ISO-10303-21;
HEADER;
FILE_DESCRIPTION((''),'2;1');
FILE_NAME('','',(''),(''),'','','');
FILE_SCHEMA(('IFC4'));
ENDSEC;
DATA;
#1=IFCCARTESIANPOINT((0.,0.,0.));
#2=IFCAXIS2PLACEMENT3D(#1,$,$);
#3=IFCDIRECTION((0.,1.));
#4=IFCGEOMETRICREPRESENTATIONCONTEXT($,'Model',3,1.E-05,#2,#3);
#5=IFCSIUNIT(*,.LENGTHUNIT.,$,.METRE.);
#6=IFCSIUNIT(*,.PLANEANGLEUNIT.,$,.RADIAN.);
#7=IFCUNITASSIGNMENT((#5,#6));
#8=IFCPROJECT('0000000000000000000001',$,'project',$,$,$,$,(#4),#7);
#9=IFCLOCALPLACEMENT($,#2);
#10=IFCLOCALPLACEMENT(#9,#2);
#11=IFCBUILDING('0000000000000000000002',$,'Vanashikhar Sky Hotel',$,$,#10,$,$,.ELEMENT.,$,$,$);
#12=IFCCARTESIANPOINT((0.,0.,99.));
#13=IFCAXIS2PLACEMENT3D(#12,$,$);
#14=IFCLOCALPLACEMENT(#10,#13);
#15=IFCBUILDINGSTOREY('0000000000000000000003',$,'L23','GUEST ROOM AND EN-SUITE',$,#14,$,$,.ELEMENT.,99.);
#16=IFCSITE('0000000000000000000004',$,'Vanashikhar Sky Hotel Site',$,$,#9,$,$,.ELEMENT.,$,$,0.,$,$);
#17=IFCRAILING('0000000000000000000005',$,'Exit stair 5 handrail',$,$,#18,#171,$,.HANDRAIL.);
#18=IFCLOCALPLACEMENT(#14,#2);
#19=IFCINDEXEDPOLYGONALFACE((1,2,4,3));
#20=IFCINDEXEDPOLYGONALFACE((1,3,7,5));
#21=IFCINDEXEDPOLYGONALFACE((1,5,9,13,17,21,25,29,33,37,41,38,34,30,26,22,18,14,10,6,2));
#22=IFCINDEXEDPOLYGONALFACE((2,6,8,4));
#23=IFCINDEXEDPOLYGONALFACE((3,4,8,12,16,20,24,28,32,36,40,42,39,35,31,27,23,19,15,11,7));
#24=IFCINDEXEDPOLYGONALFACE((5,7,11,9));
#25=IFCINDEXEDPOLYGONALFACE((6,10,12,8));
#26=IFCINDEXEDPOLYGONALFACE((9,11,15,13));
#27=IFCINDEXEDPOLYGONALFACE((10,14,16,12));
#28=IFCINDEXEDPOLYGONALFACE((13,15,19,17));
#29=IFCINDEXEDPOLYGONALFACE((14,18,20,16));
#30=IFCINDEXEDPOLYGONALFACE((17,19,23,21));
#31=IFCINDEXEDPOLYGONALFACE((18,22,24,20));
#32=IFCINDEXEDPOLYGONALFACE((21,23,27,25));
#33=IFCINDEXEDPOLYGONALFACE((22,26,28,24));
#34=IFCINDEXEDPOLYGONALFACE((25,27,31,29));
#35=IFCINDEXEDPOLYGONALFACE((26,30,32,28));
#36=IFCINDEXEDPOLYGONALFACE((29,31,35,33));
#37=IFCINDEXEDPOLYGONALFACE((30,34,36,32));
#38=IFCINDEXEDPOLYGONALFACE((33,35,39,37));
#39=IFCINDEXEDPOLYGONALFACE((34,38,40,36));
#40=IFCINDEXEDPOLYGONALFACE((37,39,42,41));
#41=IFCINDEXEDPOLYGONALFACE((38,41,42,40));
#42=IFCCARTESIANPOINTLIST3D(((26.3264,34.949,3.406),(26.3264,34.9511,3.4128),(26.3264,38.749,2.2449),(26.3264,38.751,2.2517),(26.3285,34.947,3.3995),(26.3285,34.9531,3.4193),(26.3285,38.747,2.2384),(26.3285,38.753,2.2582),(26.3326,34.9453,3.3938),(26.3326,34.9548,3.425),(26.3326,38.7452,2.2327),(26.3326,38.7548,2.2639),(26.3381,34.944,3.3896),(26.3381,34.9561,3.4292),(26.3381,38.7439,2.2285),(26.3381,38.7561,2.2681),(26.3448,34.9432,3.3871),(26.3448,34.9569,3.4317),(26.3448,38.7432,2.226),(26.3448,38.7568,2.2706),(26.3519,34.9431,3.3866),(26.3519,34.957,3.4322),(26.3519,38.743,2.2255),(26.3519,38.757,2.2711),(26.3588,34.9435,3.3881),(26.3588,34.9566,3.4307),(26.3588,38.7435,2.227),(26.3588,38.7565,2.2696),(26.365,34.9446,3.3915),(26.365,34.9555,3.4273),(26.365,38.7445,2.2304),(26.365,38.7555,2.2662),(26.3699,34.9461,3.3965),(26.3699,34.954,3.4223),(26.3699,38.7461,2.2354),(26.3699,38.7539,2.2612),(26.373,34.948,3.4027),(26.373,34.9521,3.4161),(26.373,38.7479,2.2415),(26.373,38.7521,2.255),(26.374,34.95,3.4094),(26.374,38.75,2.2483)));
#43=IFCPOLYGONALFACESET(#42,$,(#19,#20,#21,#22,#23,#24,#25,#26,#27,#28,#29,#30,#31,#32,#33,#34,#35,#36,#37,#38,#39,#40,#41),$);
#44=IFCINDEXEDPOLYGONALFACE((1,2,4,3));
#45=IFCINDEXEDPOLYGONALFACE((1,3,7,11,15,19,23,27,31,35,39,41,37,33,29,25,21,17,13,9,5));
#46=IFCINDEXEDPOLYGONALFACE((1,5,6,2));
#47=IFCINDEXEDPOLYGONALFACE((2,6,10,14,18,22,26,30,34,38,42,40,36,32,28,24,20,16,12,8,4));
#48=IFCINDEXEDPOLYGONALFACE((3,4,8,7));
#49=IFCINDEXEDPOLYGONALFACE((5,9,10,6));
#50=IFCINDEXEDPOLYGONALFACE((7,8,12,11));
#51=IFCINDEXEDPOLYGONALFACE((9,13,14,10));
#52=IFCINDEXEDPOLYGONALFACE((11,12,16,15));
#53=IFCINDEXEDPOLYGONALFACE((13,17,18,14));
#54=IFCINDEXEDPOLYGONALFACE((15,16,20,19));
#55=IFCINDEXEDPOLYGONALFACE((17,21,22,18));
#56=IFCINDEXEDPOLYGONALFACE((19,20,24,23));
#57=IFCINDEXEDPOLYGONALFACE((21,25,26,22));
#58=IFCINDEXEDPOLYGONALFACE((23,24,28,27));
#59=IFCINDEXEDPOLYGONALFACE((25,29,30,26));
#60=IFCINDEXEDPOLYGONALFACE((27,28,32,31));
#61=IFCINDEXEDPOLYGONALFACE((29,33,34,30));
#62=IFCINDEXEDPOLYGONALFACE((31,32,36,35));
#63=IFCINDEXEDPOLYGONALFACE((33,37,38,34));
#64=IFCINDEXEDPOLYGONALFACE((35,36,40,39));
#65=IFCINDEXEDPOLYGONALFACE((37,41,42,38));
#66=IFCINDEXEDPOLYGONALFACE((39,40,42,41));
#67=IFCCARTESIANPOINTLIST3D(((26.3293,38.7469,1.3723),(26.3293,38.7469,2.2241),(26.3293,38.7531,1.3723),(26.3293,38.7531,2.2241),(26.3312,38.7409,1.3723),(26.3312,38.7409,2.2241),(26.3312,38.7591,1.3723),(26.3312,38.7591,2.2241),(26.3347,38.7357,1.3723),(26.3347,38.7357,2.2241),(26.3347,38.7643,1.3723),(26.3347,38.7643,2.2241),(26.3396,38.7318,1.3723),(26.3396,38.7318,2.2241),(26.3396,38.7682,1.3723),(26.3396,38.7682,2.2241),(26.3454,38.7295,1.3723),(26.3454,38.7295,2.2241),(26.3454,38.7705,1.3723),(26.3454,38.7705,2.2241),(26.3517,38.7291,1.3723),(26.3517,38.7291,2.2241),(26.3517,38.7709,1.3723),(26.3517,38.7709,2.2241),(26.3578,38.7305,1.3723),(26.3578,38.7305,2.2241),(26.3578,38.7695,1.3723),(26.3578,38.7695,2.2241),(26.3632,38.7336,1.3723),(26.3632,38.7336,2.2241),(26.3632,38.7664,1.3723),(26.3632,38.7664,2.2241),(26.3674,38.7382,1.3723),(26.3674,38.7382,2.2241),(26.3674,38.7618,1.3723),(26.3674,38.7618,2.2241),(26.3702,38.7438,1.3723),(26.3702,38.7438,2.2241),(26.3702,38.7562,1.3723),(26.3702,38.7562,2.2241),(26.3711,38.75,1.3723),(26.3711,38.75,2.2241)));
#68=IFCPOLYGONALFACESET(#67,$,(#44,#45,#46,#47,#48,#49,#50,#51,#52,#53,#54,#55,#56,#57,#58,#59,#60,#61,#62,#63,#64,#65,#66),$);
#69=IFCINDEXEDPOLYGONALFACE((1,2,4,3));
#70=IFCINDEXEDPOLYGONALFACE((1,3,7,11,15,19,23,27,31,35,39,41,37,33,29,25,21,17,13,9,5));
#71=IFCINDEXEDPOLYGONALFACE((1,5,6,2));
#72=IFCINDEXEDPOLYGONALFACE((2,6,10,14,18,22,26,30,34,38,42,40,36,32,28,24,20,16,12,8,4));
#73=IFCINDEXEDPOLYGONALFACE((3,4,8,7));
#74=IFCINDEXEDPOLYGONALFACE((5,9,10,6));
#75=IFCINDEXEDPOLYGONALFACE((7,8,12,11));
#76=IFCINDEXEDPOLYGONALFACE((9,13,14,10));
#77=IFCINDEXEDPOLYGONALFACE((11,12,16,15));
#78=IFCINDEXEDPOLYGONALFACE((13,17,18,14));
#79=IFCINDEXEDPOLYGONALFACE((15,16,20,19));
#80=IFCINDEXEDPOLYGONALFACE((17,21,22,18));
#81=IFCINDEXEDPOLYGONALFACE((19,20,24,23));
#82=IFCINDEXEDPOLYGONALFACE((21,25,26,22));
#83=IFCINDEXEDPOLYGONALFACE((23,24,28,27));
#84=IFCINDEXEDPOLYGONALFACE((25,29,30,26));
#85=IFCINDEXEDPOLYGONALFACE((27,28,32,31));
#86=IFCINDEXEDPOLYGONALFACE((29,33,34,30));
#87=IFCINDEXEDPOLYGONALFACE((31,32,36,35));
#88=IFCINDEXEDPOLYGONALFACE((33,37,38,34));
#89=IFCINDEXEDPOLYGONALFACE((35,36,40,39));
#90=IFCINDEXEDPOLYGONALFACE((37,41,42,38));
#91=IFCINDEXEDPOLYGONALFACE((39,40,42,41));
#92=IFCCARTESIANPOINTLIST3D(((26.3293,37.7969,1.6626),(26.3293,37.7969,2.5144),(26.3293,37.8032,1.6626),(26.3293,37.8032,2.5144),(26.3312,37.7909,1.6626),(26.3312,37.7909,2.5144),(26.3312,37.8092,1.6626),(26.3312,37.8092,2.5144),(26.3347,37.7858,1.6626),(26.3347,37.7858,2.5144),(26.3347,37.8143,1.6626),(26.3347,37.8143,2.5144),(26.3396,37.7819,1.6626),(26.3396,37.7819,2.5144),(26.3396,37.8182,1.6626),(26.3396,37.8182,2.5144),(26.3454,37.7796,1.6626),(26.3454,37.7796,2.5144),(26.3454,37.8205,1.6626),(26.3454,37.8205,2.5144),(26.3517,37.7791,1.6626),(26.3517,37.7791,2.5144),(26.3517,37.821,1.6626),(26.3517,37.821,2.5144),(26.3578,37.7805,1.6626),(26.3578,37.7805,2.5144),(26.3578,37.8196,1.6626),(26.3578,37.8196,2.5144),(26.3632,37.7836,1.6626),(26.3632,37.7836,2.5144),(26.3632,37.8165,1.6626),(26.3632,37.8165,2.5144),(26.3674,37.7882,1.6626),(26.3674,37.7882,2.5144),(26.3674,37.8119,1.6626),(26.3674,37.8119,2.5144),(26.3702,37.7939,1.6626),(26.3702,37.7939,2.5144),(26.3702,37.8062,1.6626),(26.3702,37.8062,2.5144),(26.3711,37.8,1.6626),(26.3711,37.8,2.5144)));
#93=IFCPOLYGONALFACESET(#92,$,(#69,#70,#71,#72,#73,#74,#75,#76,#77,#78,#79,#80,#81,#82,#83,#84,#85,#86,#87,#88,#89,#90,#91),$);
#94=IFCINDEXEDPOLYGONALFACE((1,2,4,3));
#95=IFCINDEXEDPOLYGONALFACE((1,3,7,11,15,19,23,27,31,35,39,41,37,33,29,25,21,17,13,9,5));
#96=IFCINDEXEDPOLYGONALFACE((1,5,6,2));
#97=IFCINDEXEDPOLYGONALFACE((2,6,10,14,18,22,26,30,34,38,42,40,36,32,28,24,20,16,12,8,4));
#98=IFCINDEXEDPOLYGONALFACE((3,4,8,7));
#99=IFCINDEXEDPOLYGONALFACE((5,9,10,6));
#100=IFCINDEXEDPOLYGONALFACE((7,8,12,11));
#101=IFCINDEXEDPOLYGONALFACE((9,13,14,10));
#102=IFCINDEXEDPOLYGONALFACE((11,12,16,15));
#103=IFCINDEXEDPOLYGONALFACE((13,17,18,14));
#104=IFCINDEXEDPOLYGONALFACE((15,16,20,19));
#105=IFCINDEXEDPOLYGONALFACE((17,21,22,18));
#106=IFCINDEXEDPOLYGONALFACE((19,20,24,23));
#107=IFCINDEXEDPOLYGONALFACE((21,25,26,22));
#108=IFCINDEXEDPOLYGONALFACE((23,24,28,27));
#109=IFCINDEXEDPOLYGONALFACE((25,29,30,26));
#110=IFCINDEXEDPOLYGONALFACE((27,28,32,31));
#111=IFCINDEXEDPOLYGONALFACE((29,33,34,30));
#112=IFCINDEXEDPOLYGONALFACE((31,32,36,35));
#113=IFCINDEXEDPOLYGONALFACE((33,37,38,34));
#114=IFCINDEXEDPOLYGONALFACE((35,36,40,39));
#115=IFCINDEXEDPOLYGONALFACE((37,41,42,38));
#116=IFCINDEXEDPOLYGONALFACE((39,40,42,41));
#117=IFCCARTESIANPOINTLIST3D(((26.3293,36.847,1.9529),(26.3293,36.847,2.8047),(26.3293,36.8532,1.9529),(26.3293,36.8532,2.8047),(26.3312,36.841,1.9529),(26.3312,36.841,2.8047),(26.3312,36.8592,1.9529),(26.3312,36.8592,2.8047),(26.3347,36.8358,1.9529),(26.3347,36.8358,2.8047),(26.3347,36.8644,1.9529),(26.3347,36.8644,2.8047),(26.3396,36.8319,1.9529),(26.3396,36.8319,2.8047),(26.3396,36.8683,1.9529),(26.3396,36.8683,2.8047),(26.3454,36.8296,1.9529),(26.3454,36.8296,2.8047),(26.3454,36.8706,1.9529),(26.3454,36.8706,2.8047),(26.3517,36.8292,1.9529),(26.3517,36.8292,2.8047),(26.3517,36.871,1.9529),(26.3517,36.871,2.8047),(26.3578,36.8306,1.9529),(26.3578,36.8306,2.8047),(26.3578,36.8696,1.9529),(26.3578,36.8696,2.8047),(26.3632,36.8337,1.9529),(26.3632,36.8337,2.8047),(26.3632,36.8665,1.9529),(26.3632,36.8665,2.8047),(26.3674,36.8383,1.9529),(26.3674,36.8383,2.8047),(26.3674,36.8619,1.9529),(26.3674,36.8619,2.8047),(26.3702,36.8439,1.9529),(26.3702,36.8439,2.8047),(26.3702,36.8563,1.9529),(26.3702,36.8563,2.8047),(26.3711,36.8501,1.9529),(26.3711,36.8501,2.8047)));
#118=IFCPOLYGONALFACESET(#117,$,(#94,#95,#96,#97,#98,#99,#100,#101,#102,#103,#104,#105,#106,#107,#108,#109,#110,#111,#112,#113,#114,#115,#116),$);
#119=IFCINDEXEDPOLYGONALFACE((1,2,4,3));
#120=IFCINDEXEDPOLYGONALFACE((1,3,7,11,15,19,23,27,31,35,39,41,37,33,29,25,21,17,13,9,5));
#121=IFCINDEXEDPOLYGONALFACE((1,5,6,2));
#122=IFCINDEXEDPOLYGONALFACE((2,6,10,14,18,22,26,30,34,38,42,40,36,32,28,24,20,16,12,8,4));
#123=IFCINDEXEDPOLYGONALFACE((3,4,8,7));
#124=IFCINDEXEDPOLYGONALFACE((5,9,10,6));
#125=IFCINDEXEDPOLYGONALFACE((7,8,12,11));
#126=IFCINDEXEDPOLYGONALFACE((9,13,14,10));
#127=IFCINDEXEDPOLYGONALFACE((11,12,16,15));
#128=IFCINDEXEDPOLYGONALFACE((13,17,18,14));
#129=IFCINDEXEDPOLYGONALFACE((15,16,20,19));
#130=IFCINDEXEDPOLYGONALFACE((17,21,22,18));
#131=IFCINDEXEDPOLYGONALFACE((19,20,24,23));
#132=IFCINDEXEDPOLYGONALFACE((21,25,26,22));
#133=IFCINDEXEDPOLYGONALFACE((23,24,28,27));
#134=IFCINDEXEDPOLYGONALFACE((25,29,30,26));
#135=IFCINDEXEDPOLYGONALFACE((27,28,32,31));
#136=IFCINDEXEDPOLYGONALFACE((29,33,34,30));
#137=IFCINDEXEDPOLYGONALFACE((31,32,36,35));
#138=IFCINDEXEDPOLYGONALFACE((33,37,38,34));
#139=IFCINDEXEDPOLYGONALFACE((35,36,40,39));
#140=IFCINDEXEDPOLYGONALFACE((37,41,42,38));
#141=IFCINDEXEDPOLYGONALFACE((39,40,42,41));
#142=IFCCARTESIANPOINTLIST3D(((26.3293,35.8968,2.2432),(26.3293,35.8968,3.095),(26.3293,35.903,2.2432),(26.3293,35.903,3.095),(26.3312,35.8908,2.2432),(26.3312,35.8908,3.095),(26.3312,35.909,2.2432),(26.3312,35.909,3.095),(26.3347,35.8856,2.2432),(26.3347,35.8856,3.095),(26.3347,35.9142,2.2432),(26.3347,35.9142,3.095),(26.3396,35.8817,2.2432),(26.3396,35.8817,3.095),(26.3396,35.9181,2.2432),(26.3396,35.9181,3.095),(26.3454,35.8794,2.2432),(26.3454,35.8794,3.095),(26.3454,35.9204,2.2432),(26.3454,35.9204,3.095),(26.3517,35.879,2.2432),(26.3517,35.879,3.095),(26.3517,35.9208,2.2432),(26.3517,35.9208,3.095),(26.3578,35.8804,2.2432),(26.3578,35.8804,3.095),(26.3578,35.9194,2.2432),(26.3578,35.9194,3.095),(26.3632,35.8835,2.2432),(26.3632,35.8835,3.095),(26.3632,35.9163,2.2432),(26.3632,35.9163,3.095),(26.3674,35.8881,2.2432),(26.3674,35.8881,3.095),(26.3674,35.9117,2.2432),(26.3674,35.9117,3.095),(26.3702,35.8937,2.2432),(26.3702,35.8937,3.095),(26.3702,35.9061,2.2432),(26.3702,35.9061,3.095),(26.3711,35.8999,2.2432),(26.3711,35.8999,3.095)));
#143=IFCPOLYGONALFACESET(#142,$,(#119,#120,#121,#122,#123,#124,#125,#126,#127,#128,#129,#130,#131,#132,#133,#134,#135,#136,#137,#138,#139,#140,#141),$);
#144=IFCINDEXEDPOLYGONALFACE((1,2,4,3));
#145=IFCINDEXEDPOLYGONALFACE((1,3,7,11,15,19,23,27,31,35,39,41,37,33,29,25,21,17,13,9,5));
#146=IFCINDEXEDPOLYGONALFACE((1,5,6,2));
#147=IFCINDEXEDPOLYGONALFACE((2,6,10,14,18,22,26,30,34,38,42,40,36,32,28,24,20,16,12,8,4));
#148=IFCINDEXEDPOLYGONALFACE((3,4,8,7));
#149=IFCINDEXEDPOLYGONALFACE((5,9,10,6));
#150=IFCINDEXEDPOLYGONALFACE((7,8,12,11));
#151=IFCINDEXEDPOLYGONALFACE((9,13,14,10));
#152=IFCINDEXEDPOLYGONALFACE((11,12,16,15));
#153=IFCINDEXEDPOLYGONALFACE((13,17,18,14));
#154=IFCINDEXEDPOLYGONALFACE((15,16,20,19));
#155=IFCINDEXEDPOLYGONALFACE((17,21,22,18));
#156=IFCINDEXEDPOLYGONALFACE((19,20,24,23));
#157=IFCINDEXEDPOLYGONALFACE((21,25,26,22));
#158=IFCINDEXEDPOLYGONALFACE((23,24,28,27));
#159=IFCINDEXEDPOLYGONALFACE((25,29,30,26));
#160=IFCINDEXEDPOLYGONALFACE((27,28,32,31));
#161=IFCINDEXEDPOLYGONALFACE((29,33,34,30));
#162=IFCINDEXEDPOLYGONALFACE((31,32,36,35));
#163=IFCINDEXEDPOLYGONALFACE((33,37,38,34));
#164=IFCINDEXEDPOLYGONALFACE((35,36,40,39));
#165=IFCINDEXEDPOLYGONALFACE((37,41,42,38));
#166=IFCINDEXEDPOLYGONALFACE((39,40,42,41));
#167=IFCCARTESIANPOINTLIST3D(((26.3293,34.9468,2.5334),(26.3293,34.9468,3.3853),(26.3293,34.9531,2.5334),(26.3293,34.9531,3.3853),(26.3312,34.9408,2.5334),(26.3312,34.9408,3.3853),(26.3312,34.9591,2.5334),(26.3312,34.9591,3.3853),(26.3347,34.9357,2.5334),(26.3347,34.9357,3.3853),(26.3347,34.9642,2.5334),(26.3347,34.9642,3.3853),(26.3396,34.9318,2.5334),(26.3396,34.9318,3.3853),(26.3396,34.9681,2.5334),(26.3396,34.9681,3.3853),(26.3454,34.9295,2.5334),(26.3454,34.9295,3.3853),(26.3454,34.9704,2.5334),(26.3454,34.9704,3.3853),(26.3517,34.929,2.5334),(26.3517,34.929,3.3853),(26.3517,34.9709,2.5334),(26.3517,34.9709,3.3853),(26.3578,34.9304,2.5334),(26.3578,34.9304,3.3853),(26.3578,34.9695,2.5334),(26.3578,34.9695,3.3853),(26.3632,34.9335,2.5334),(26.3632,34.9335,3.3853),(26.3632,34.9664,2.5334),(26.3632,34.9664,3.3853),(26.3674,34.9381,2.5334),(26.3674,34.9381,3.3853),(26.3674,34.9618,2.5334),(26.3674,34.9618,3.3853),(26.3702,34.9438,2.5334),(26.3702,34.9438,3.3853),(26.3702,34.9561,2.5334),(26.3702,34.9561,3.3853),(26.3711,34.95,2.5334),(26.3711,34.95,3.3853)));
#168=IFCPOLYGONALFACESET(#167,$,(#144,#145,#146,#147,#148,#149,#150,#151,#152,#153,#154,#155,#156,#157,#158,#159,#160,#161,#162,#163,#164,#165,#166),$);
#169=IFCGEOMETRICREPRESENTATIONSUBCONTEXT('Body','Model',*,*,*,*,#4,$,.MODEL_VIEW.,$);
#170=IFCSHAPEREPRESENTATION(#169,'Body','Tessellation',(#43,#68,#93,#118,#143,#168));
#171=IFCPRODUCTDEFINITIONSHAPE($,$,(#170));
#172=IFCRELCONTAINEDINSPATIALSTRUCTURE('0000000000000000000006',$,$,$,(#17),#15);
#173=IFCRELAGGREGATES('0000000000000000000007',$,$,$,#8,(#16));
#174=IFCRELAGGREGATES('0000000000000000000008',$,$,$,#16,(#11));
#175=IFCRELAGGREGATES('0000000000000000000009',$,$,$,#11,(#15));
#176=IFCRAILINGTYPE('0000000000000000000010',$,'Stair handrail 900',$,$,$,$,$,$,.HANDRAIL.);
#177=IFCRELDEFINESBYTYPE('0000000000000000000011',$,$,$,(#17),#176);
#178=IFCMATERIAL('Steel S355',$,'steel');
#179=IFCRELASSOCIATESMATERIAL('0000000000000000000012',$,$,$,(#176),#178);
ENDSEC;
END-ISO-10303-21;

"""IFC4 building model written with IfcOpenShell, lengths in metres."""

from ifc_helpers import new_model, si_unit, direction, frame, origin, origin_2d, place, context, subcontext, project, spatial, circle, extrude, source, transform, mapped, material, type_object, element, save


model = new_model("IFC4")

# Units and contexts
model_context = context("Model", 3, precision=1e-05, world=origin(), true_north=direction((0.0, 1.0)))
body_context = subcontext(model_context, "Body", "Model", "MODEL_VIEW")
ifc_project = project(units=[si_unit("LENGTHUNIT", "METRE"), si_unit("PLANEANGLEUNIT", "RADIAN")], contexts=[model_context])

# Site, building, storey
site_placement = place(None, origin())
site = spatial("IfcSite", under=ifc_project, at=site_placement, Name="Vanashikhar Sky Hotel Site", CompositionType="ELEMENT", RefElevation=0.0)
building_placement = place(site_placement, origin())
building = spatial("IfcBuilding", under=site, at=building_placement, Name="Vanashikhar Sky Hotel", CompositionType="ELEMENT")
storey_placement = place(building_placement, frame((0.0, 0.0, 99.0)))
storey = spatial("IfcBuildingStorey", under=building, at=storey_placement, Name="L23", Description="GUEST ROOM AND EN-SUITE", CompositionType="ELEMENT", Elevation=99.0)

# Railing
ifc_material_1 = material(Name="Steel S355", Category="steel")
railing_type_1 = type_object("IfcRailingType", Name="Stair handrail 900", PredefinedType="HANDRAIL", material=ifc_material_1)
shared_shape_1 = source(origin(), body_context, "Body", "SweptSolid", [
    extrude(circle(Radius=0.0239, at=origin_2d()), frame((0.0, 0.0, 0.876), z_axis=(0.0, -0.956351, 0.29222), x_axis=(1.0, 0.0, 0.0)), (0.0, 0.0, 1.0), 3.9734),
    extrude(circle(Radius=0.021, at=origin_2d()), origin(), (0.0, 0.0, 1.0), 0.8518),
    extrude(circle(Radius=0.021, at=origin_2d()), frame((0.0, -0.95, 0.2903)), (0.0, 0.0, 1.0), 0.8518),
    extrude(circle(Radius=0.021, at=origin_2d()), frame((0.0, -1.8999, 0.5806)), (0.0, 0.0, 1.0), 0.8518),
    extrude(circle(Radius=0.021, at=origin_2d()), frame((0.0, -2.8501, 0.8708)), (0.0, 0.0, 1.0), 0.8518),
    extrude(circle(Radius=0.021, at=origin_2d()), frame((0.0, -3.8, 1.1611)), (0.0, 0.0, 1.0), 0.8518),
])
for number, where, name in (
    (1, (26.3501, 38.75, 1.3723), "Exit stair 5 handrail"),
):
    element("IfcRailing", number, at=place(storey_placement, frame(where)), inside=storey, type_object=railing_type_1, Name=name, PredefinedType="HANDRAIL", context=body_context, shape_type="MappedRepresentation", body=[
        mapped(shared_shape_1, transform((0.0, 0.0, 0.0), scale=1.0)),
    ])

save(model, "model.ifc")
